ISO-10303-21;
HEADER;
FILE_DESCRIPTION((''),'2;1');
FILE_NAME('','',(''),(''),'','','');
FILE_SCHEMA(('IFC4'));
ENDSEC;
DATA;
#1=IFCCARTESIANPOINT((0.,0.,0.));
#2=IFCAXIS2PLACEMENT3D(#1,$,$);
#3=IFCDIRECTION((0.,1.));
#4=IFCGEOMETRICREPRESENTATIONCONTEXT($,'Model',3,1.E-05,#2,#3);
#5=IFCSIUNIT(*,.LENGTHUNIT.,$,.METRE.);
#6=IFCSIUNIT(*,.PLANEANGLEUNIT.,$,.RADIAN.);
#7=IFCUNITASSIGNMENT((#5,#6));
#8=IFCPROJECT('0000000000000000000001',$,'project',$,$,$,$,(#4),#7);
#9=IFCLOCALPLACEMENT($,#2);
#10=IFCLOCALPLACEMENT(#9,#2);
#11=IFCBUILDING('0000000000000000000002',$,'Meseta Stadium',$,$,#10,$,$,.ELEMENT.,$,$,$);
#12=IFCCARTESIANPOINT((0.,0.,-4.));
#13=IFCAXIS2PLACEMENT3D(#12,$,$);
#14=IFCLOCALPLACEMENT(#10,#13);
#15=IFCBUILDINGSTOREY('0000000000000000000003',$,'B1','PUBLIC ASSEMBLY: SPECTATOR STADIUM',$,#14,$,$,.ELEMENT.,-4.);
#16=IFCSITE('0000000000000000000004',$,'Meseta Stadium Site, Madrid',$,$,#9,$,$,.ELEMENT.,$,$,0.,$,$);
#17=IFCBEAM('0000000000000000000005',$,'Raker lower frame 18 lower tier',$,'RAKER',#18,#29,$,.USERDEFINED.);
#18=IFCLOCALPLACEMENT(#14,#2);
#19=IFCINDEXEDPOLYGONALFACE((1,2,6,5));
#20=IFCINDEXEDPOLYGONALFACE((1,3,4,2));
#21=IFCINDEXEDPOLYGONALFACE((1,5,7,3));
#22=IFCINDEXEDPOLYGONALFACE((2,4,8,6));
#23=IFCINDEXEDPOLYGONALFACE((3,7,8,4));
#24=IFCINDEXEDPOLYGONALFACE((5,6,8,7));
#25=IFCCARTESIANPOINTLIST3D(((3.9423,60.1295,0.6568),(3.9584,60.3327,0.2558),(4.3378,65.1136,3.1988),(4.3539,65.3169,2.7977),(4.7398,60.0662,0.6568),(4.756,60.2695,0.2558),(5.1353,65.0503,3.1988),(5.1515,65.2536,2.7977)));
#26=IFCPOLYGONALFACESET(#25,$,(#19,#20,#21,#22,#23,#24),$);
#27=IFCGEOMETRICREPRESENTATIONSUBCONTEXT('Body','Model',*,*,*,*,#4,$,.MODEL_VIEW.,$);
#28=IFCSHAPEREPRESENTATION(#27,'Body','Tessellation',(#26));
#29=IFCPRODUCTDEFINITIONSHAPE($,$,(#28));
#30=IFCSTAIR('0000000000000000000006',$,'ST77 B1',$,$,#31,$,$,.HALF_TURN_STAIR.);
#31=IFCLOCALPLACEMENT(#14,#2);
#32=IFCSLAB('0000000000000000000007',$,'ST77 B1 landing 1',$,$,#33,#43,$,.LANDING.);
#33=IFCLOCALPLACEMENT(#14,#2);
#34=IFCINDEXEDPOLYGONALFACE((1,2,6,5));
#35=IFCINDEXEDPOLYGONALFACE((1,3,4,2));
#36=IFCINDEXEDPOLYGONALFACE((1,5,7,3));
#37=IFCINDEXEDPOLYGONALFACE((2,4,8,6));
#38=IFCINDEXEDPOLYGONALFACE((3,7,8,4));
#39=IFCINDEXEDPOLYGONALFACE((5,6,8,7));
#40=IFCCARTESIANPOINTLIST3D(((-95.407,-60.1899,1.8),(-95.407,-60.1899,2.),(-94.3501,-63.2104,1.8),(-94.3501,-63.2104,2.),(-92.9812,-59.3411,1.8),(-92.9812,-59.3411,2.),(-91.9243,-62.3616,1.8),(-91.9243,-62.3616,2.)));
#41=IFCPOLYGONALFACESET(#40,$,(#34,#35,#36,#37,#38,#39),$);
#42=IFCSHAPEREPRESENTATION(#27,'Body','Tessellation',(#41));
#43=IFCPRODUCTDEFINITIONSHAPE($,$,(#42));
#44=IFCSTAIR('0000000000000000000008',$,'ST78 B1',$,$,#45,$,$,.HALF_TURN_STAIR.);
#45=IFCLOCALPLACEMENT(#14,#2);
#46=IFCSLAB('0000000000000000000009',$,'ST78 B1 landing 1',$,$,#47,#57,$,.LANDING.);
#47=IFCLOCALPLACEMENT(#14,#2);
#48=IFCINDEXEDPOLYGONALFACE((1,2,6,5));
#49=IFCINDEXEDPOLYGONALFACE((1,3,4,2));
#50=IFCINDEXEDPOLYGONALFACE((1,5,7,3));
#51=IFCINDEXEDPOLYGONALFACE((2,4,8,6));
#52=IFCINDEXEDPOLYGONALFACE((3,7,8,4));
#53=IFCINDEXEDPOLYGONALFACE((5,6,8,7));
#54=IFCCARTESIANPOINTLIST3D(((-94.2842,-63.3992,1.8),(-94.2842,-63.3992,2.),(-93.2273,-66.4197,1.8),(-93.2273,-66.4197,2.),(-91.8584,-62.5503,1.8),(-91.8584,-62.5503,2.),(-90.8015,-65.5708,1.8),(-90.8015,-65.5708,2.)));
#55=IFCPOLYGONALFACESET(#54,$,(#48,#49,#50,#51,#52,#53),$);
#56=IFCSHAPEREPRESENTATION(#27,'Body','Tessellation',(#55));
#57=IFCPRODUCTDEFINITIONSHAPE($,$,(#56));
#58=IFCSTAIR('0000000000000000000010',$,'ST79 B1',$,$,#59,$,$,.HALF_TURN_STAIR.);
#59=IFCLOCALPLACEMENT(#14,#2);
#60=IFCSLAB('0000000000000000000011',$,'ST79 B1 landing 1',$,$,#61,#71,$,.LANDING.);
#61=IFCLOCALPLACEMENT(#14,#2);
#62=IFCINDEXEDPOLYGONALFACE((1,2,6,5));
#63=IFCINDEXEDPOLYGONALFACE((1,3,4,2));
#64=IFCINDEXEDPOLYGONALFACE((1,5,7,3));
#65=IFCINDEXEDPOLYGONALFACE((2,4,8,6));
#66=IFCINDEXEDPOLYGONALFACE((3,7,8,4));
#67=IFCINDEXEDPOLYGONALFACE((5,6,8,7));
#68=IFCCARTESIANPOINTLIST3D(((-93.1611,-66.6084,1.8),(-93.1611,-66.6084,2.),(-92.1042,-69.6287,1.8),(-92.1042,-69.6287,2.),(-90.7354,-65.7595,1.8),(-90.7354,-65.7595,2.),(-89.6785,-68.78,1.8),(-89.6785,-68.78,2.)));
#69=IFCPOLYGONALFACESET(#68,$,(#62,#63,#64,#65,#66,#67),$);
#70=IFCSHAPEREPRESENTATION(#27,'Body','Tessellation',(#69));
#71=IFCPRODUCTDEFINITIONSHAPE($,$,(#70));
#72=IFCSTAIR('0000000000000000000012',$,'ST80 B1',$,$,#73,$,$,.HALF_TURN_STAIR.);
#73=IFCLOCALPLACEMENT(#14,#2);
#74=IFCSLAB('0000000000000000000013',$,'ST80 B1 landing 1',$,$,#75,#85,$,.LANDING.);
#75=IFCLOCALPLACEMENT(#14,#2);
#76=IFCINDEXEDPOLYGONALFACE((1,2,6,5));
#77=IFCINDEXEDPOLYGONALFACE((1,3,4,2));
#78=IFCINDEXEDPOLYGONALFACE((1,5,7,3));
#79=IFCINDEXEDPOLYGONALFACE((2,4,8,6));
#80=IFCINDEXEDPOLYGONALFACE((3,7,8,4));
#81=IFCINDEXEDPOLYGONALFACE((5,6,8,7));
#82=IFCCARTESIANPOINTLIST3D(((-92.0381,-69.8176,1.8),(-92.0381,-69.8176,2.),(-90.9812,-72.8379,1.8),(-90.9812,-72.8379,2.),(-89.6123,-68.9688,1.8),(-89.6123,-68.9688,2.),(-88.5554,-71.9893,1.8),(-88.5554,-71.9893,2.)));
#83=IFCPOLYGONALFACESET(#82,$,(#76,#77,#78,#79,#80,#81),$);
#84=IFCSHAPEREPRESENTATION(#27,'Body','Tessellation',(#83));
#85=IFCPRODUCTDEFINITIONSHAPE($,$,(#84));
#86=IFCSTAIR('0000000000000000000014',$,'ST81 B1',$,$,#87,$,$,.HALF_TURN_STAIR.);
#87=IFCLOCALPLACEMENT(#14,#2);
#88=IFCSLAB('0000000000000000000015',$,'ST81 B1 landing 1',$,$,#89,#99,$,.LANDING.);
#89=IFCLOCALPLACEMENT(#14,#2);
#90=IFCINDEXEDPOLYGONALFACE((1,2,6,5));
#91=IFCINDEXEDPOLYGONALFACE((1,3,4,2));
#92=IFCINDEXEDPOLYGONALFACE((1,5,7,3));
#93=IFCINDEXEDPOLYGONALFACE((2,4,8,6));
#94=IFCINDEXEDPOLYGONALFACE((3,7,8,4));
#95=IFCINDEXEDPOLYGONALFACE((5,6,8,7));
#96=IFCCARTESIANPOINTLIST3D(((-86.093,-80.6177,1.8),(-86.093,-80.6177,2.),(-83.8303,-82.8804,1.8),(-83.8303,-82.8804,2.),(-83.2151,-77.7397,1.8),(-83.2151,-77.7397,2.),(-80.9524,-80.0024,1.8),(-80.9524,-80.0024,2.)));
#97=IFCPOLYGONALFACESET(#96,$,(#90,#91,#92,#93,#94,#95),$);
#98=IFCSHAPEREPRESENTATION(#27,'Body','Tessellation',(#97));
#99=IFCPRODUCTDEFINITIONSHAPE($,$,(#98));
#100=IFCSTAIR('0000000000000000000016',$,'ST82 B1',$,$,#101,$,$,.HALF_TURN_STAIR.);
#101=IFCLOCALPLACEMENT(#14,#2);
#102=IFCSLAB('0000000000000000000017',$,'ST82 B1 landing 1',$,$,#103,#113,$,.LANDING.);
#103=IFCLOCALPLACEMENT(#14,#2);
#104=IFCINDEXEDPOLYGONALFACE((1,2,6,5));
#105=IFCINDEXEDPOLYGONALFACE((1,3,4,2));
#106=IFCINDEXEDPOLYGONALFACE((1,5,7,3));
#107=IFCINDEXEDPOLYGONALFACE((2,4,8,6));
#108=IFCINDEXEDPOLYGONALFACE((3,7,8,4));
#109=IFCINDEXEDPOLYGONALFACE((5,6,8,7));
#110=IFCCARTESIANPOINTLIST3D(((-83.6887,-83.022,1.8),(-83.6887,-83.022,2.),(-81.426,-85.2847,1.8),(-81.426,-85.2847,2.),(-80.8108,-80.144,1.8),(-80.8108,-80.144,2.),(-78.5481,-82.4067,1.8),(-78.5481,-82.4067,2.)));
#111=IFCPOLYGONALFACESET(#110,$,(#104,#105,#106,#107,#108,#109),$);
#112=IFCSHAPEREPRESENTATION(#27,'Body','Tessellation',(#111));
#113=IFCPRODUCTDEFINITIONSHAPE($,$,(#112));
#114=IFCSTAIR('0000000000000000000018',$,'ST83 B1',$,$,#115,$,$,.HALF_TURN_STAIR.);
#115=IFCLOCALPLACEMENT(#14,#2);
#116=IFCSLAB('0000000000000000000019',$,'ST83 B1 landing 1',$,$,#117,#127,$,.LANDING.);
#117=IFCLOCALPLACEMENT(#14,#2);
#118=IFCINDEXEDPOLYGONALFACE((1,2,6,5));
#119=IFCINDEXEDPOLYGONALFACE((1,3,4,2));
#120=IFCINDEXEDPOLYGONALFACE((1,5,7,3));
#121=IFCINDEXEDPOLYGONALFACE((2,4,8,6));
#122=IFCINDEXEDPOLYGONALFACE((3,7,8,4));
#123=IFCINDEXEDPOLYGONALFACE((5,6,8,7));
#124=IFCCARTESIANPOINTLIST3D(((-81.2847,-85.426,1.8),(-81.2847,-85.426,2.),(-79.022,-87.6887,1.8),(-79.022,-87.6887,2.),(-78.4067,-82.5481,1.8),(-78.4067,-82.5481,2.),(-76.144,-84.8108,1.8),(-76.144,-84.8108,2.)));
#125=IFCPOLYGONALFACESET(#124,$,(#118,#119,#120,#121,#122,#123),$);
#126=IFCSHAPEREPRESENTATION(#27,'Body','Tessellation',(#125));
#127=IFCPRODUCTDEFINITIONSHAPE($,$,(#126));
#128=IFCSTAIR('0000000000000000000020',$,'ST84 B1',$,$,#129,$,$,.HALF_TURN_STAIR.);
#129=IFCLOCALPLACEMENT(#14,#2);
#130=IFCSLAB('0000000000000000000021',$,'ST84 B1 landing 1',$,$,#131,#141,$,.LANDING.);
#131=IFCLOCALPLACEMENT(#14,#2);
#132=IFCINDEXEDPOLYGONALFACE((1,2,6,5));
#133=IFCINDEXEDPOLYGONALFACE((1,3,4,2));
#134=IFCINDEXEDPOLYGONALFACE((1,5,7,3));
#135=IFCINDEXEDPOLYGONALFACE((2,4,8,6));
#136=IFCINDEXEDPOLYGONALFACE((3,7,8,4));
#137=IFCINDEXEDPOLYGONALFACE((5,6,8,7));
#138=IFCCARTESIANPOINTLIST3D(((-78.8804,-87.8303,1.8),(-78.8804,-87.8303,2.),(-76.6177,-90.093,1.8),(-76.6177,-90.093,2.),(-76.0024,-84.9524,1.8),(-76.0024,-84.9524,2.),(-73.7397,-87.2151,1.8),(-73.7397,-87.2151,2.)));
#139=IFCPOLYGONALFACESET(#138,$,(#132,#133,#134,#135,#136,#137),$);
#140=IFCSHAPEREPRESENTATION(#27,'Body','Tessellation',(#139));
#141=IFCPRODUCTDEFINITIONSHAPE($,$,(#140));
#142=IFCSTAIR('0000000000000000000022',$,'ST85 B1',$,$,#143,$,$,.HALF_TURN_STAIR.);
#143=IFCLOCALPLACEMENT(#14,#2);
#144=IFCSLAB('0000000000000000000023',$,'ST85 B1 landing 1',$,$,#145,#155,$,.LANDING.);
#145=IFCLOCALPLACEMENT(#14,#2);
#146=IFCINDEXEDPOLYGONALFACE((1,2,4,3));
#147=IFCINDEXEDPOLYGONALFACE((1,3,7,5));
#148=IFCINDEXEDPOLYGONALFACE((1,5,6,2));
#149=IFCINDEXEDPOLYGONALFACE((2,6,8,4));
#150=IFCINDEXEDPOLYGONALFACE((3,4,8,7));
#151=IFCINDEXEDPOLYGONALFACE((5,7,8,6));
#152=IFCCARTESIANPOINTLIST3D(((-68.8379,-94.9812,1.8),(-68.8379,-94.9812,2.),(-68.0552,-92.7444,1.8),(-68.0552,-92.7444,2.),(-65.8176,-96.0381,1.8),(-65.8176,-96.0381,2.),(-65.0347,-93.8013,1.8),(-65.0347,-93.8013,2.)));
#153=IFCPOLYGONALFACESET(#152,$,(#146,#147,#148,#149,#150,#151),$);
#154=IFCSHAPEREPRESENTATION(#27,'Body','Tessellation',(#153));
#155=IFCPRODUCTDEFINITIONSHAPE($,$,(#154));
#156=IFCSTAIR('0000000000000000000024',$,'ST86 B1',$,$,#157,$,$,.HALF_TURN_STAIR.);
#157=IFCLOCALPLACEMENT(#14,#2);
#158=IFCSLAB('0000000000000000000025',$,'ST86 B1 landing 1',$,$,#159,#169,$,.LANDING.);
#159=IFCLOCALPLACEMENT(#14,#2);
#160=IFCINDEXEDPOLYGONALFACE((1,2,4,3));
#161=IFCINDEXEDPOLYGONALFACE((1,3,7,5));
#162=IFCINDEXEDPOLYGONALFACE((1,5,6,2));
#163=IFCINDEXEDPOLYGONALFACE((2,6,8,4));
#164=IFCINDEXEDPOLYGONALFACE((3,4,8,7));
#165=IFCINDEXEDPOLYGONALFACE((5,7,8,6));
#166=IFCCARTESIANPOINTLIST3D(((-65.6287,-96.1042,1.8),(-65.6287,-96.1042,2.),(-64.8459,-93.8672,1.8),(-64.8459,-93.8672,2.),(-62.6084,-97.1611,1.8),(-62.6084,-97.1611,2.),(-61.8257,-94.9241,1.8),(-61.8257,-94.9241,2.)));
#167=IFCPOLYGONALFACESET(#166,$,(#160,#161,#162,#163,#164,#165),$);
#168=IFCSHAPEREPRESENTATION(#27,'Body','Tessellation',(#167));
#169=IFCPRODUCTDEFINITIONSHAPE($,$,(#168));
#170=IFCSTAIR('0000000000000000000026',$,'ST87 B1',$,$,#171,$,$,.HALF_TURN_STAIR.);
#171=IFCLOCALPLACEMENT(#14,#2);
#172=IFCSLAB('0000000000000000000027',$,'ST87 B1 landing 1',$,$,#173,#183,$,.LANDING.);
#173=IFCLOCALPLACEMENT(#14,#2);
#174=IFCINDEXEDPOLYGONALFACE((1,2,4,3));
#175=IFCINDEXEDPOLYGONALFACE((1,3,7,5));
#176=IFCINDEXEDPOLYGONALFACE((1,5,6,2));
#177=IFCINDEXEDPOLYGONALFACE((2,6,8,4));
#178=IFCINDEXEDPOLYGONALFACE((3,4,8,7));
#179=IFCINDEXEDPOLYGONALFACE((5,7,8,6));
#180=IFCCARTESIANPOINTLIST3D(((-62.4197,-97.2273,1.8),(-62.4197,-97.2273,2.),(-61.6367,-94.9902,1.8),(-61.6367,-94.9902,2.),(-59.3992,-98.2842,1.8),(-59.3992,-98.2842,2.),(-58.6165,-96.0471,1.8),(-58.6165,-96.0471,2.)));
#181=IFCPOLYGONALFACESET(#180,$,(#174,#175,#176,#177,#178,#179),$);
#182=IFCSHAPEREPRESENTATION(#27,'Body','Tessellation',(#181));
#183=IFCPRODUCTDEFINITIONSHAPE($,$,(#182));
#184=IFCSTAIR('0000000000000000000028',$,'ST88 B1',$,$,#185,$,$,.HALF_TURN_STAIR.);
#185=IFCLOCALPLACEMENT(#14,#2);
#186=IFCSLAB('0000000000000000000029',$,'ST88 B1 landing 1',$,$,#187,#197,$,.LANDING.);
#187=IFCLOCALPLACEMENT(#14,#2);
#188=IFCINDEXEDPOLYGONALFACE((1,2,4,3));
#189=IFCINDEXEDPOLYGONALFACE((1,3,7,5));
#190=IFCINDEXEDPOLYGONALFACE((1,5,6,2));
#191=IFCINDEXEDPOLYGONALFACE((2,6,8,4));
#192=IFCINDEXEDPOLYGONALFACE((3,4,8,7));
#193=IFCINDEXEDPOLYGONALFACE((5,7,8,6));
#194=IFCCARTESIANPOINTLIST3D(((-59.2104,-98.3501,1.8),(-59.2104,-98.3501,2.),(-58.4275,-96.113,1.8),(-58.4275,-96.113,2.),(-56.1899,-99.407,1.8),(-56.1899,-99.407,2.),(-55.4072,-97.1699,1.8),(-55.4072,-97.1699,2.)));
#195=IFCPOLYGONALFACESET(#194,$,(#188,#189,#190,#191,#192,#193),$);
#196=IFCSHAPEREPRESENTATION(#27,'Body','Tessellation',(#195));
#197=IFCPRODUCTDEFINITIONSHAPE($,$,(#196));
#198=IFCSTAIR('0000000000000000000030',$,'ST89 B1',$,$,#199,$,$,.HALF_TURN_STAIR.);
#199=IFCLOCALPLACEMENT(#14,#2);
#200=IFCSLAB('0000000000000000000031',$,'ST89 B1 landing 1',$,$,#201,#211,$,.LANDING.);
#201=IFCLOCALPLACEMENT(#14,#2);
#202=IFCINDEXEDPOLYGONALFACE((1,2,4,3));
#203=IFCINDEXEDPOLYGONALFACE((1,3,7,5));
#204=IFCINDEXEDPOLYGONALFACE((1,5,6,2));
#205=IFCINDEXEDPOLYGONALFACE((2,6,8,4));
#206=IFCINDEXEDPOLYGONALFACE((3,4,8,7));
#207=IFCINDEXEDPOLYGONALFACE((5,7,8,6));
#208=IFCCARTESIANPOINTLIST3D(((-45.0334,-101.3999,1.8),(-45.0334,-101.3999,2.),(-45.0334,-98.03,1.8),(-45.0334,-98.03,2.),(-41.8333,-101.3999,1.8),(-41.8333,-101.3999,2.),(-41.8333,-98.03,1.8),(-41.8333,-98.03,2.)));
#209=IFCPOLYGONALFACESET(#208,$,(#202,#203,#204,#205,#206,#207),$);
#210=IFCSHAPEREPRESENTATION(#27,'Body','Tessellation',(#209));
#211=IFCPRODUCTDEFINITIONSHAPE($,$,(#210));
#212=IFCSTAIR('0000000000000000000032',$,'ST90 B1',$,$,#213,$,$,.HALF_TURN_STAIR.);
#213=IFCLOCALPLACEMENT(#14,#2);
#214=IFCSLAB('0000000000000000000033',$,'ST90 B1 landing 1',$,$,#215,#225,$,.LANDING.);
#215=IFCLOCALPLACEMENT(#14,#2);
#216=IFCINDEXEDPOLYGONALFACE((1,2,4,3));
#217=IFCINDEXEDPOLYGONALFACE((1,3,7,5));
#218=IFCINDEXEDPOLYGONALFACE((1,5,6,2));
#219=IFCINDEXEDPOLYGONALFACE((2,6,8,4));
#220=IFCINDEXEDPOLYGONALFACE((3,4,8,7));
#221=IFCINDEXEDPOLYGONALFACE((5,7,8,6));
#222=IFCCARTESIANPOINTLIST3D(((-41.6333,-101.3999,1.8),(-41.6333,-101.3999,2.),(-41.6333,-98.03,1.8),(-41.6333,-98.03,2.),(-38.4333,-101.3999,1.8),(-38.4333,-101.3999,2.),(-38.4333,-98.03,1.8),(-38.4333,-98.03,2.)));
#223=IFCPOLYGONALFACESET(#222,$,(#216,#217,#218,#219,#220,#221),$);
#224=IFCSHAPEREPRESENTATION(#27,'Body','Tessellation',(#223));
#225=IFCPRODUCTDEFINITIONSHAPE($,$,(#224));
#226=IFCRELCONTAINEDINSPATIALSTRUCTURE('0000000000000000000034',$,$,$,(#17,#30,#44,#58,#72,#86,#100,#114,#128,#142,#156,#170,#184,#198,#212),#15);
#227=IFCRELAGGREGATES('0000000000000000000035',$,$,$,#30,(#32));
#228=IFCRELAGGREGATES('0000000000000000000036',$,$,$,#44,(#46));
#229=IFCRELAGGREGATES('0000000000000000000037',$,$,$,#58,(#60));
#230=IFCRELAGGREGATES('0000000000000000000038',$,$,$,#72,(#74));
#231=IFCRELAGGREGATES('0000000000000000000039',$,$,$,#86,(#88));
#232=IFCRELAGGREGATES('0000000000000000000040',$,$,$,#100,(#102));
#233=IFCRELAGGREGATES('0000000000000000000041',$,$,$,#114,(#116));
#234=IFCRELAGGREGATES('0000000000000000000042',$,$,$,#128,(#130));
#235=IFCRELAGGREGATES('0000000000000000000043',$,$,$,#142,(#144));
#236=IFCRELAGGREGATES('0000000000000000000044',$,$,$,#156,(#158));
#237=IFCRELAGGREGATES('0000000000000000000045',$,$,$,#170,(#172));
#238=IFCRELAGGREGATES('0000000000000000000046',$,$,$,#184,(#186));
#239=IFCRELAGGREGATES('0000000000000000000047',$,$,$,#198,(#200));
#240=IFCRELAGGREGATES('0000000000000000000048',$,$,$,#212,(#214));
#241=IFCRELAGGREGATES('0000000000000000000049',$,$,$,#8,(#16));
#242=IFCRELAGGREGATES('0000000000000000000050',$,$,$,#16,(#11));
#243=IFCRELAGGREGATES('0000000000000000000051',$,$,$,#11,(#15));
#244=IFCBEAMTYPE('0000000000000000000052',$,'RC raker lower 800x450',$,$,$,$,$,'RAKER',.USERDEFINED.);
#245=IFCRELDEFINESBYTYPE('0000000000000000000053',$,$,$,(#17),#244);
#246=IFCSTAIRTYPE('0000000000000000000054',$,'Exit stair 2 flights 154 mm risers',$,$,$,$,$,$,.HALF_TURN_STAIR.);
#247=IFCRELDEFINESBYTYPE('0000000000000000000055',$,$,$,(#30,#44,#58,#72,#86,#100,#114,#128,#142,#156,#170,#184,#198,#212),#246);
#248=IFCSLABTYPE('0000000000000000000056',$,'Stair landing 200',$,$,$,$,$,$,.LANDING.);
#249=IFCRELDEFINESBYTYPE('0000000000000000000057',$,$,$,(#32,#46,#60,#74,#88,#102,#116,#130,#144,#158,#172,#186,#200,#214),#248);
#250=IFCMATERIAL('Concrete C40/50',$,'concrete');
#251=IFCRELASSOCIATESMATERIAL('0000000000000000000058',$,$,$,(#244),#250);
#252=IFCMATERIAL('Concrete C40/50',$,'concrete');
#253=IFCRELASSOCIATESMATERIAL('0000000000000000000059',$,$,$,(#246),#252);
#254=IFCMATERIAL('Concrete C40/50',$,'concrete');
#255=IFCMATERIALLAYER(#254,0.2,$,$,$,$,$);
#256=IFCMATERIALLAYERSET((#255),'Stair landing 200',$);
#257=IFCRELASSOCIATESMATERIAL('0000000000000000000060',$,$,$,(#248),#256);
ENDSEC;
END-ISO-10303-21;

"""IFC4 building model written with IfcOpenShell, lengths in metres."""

from ifc_helpers import new_model, si_unit, direction, frame, origin, origin_2d, place, context, subcontext, project, spatial, polyline, rectangle, outline, extrude, material, layer, layer_set, material_profile, profile_set, type_object, element, aggregate, save


model = new_model("IFC4")

# Units and contexts
model_context = context("Model", 3, precision=1e-05, world=origin(), true_north=direction((0.0, 1.0)))
body_context = subcontext(model_context, "Body", "Model", "MODEL_VIEW")
ifc_project = project(units=[si_unit("LENGTHUNIT", "METRE"), si_unit("PLANEANGLEUNIT", "RADIAN")], contexts=[model_context])

# Site, building, storey
site_placement = place(None, origin())
site = spatial("IfcSite", under=ifc_project, at=site_placement, Name="Meseta Stadium Site, Madrid", CompositionType="ELEMENT", RefElevation=0.0)
building_placement = place(site_placement, origin())
building = spatial("IfcBuilding", under=site, at=building_placement, Name="Meseta Stadium", CompositionType="ELEMENT")
storey_placement = place(building_placement, frame((0.0, 0.0, -4.0)))
storey = spatial("IfcBuildingStorey", under=building, at=storey_placement, Name="B1", Description="PUBLIC ASSEMBLY: SPECTATOR STADIUM", CompositionType="ELEMENT", Elevation=-4.0)

# Beam
ifc_material_1 = material(Name="Concrete C40/50", Category="concrete")
ifc_material_profile = material_profile(ifc_material_1, rectangle(XDim=0.8, YDim=0.45, at=origin_2d()), Name="RC 800x450")
ifc_profile_set = profile_set([ifc_material_profile], Name="Concrete C40/50")
beam_type = type_object("IfcBeamType", Name="RC raker lower 800x450", ElementType="RAKER", PredefinedType="USERDEFINED", material=ifc_profile_set)
beam_placement = place(storey_placement, frame((4.3491, 60.1995, 0.4563), z_axis=(0.070514, 0.888612, 0.453207), x_axis=(-0.996866, 0.079105, 0.0)))
element("IfcBeam", 1, at=beam_placement, inside=storey, type_object=beam_type, Name="Raker lower frame 18 lower tier", ObjectType="RAKER", PredefinedType="USERDEFINED", context=body_context, shape_type="SweptSolid", body=[
    extrude(rectangle(XDim=0.8, YDim=0.45, at=origin_2d()), origin(), (0.0, 0.0, 1.0), 5.6089),
])

# Stairs, slabs
ifc_material_2 = material(Name="Concrete C40/50", Category="concrete")
stair_type = type_object("IfcStairType", Name="Exit stair 2 flights 154 mm risers", PredefinedType="HALF_TURN_STAIR", material=ifc_material_2)
stair_1_placement = place(storey_placement, origin())
stair_1 = element("IfcStair", 2, at=stair_1_placement, inside=storey, type_object=stair_type, Name="ST77 B1", PredefinedType="HALF_TURN_STAIR")
ifc_material_3 = material(Name="Concrete C40/50", Category="concrete")
ifc_layer_1 = layer(ifc_material_3, 0.2)
ifc_layer_set_1 = layer_set([ifc_layer_1], Name="Stair landing 200")
slab_type = type_object("IfcSlabType", Name="Stair landing 200", PredefinedType="LANDING", material=ifc_layer_set_1)
slab_1_placement = place(storey_placement, frame((0.0, 0.0, 1.8)))
slab_1 = element("IfcSlab", 3, at=slab_1_placement, type_object=slab_type, Name="ST77 B1 landing 1", PredefinedType="LANDING", context=body_context, shape_type="SweptSolid", body=[
    extrude(outline(polyline([(-92.9812, -59.3411), (-95.407, -60.1899), (-94.3501, -63.2104), (-91.9243, -62.3616), (-92.9812, -59.3411)])), origin(), (0.0, 0.0, 1.0), 0.2),
])
aggregate(stair_1, [slab_1])
stair_2_placement = place(storey_placement, origin())
stair_2 = element("IfcStair", 4, at=stair_2_placement, inside=storey, type_object=stair_type, Name="ST78 B1", PredefinedType="HALF_TURN_STAIR")
slab_2_placement = place(storey_placement, frame((0.0, 0.0, 1.8)))
slab_2 = element("IfcSlab", 5, at=slab_2_placement, type_object=slab_type, Name="ST78 B1 landing 1", PredefinedType="LANDING", context=body_context, shape_type="SweptSolid", body=[
    extrude(outline(polyline([(-91.8584, -62.5503), (-94.2842, -63.3992), (-93.2273, -66.4197), (-90.8015, -65.5708), (-91.8584, -62.5503)])), origin(), (0.0, 0.0, 1.0), 0.2),
])
aggregate(stair_2, [slab_2])
stair_3_placement = place(storey_placement, origin())
stair_3 = element("IfcStair", 6, at=stair_3_placement, inside=storey, type_object=stair_type, Name="ST79 B1", PredefinedType="HALF_TURN_STAIR")
slab_3_placement = place(storey_placement, frame((0.0, 0.0, 1.8)))
slab_3 = element("IfcSlab", 7, at=slab_3_placement, type_object=slab_type, Name="ST79 B1 landing 1", PredefinedType="LANDING", context=body_context, shape_type="SweptSolid", body=[
    extrude(outline(polyline([(-90.7354, -65.7595), (-93.1611, -66.6084), (-92.1042, -69.6287), (-89.6785, -68.78), (-90.7354, -65.7595)])), origin(), (0.0, 0.0, 1.0), 0.2),
])
aggregate(stair_3, [slab_3])
stair_4_placement = place(storey_placement, origin())
stair_4 = element("IfcStair", 8, at=stair_4_placement, inside=storey, type_object=stair_type, Name="ST80 B1", PredefinedType="HALF_TURN_STAIR")
slab_4_placement = place(storey_placement, frame((0.0, 0.0, 1.8)))
slab_4 = element("IfcSlab", 9, at=slab_4_placement, type_object=slab_type, Name="ST80 B1 landing 1", PredefinedType="LANDING", context=body_context, shape_type="SweptSolid", body=[
    extrude(outline(polyline([(-89.6123, -68.9688), (-92.0381, -69.8176), (-90.9812, -72.8379), (-88.5554, -71.9893), (-89.6123, -68.9688)])), origin(), (0.0, 0.0, 1.0), 0.2),
])
aggregate(stair_4, [slab_4])
stair_5_placement = place(storey_placement, origin())
stair_5 = element("IfcStair", 10, at=stair_5_placement, inside=storey, type_object=stair_type, Name="ST81 B1", PredefinedType="HALF_TURN_STAIR")
slab_5_placement = place(storey_placement, frame((0.0, 0.0, 1.8)))
slab_5 = element("IfcSlab", 11, at=slab_5_placement, type_object=slab_type, Name="ST81 B1 landing 1", PredefinedType="LANDING", context=body_context, shape_type="SweptSolid", body=[
    extrude(outline(polyline([(-83.2151, -77.7397), (-86.093, -80.6177), (-83.8303, -82.8804), (-80.9524, -80.0024), (-83.2151, -77.7397)])), origin(), (0.0, 0.0, 1.0), 0.2),
])
aggregate(stair_5, [slab_5])
stair_6_placement = place(storey_placement, origin())
stair_6 = element("IfcStair", 12, at=stair_6_placement, inside=storey, type_object=stair_type, Name="ST82 B1", PredefinedType="HALF_TURN_STAIR")
slab_6_placement = place(storey_placement, frame((0.0, 0.0, 1.8)))
slab_6 = element("IfcSlab", 13, at=slab_6_placement, type_object=slab_type, Name="ST82 B1 landing 1", PredefinedType="LANDING", context=body_context, shape_type="SweptSolid", body=[
    extrude(outline(polyline([(-80.8108, -80.144), (-83.6887, -83.022), (-81.426, -85.2847), (-78.5481, -82.4067), (-80.8108, -80.144)])), origin(), (0.0, 0.0, 1.0), 0.2),
])
aggregate(stair_6, [slab_6])
stair_7_placement = place(storey_placement, origin())
stair_7 = element("IfcStair", 14, at=stair_7_placement, inside=storey, type_object=stair_type, Name="ST83 B1", PredefinedType="HALF_TURN_STAIR")
slab_7_placement = place(storey_placement, frame((0.0, 0.0, 1.8)))
slab_7 = element("IfcSlab", 15, at=slab_7_placement, type_object=slab_type, Name="ST83 B1 landing 1", PredefinedType="LANDING", context=body_context, shape_type="SweptSolid", body=[
    extrude(outline(polyline([(-78.4067, -82.5481), (-81.2847, -85.426), (-79.022, -87.6887), (-76.144, -84.8108), (-78.4067, -82.5481)])), origin(), (0.0, 0.0, 1.0), 0.2),
])
aggregate(stair_7, [slab_7])
stair_8_placement = place(storey_placement, origin())
stair_8 = element("IfcStair", 16, at=stair_8_placement, inside=storey, type_object=stair_type, Name="ST84 B1", PredefinedType="HALF_TURN_STAIR")
slab_8_placement = place(storey_placement, frame((0.0, 0.0, 1.8)))
slab_8 = element("IfcSlab", 17, at=slab_8_placement, type_object=slab_type, Name="ST84 B1 landing 1", PredefinedType="LANDING", context=body_context, shape_type="SweptSolid", body=[
    extrude(outline(polyline([(-76.0024, -84.9524), (-78.8804, -87.8303), (-76.6177, -90.093), (-73.7397, -87.2151), (-76.0024, -84.9524)])), origin(), (0.0, 0.0, 1.0), 0.2),
])
aggregate(stair_8, [slab_8])
stair_9_placement = place(storey_placement, origin())
stair_9 = element("IfcStair", 18, at=stair_9_placement, inside=storey, type_object=stair_type, Name="ST85 B1", PredefinedType="HALF_TURN_STAIR")
slab_9_placement = place(storey_placement, frame((0.0, 0.0, 1.8)))
slab_9 = element("IfcSlab", 19, at=slab_9_placement, type_object=slab_type, Name="ST85 B1 landing 1", PredefinedType="LANDING", context=body_context, shape_type="SweptSolid", body=[
    extrude(outline(polyline([(-68.0552, -92.7444), (-68.8379, -94.9812), (-65.8176, -96.0381), (-65.0347, -93.8013), (-68.0552, -92.7444)])), origin(), (0.0, 0.0, 1.0), 0.2),
])
aggregate(stair_9, [slab_9])
stair_10_placement = place(storey_placement, origin())
stair_10 = element("IfcStair", 20, at=stair_10_placement, inside=storey, type_object=stair_type, Name="ST86 B1", PredefinedType="HALF_TURN_STAIR")
slab_10_placement = place(storey_placement, frame((0.0, 0.0, 1.8)))
slab_10 = element("IfcSlab", 21, at=slab_10_placement, type_object=slab_type, Name="ST86 B1 landing 1", PredefinedType="LANDING", context=body_context, shape_type="SweptSolid", body=[
    extrude(outline(polyline([(-64.8459, -93.8672), (-65.6287, -96.1042), (-62.6084, -97.1611), (-61.8257, -94.9241), (-64.8459, -93.8672)])), origin(), (0.0, 0.0, 1.0), 0.2),
])
aggregate(stair_10, [slab_10])
stair_11_placement = place(storey_placement, origin())
stair_11 = element("IfcStair", 22, at=stair_11_placement, inside=storey, type_object=stair_type, Name="ST87 B1", PredefinedType="HALF_TURN_STAIR")
slab_11_placement = place(storey_placement, frame((0.0, 0.0, 1.8)))
slab_11 = element("IfcSlab", 23, at=slab_11_placement, type_object=slab_type, Name="ST87 B1 landing 1", PredefinedType="LANDING", context=body_context, shape_type="SweptSolid", body=[
    extrude(outline(polyline([(-61.6367, -94.9902), (-62.4197, -97.2273), (-59.3992, -98.2842), (-58.6165, -96.0471), (-61.6367, -94.9902)])), origin(), (0.0, 0.0, 1.0), 0.2),
])
aggregate(stair_11, [slab_11])
stair_12_placement = place(storey_placement, origin())
stair_12 = element("IfcStair", 24, at=stair_12_placement, inside=storey, type_object=stair_type, Name="ST88 B1", PredefinedType="HALF_TURN_STAIR")
slab_12_placement = place(storey_placement, frame((0.0, 0.0, 1.8)))
slab_12 = element("IfcSlab", 25, at=slab_12_placement, type_object=slab_type, Name="ST88 B1 landing 1", PredefinedType="LANDING", context=body_context, shape_type="SweptSolid", body=[
    extrude(outline(polyline([(-58.4275, -96.113), (-59.2104, -98.3501), (-56.1899, -99.407), (-55.4072, -97.1699), (-58.4275, -96.113)])), origin(), (0.0, 0.0, 1.0), 0.2),
])
aggregate(stair_12, [slab_12])
stair_13_placement = place(storey_placement, origin())
stair_13 = element("IfcStair", 26, at=stair_13_placement, inside=storey, type_object=stair_type, Name="ST89 B1", PredefinedType="HALF_TURN_STAIR")
slab_13_placement = place(storey_placement, frame((0.0, 0.0, 1.8)))
slab_13 = element("IfcSlab", 27, at=slab_13_placement, type_object=slab_type, Name="ST89 B1 landing 1", PredefinedType="LANDING", context=body_context, shape_type="SweptSolid", body=[
    extrude(outline(polyline([(-45.0334, -98.03), (-45.0334, -101.3999), (-41.8333, -101.3999), (-41.8333, -98.03), (-45.0334, -98.03)])), origin(), (0.0, 0.0, 1.0), 0.2),
])
aggregate(stair_13, [slab_13])
stair_14_placement = place(storey_placement, origin())
stair_14 = element("IfcStair", 28, at=stair_14_placement, inside=storey, type_object=stair_type, Name="ST90 B1", PredefinedType="HALF_TURN_STAIR")
slab_14_placement = place(storey_placement, frame((0.0, 0.0, 1.8)))
slab_14 = element("IfcSlab", 29, at=slab_14_placement, type_object=slab_type, Name="ST90 B1 landing 1", PredefinedType="LANDING", context=body_context, shape_type="SweptSolid", body=[
    extrude(outline(polyline([(-41.6333, -98.03), (-41.6333, -101.3999), (-38.4333, -101.3999), (-38.4333, -98.03), (-41.6333, -98.03)])), origin(), (0.0, 0.0, 1.0), 0.2),
])
aggregate(stair_14, [slab_14])

save(model, "model.ifc")
